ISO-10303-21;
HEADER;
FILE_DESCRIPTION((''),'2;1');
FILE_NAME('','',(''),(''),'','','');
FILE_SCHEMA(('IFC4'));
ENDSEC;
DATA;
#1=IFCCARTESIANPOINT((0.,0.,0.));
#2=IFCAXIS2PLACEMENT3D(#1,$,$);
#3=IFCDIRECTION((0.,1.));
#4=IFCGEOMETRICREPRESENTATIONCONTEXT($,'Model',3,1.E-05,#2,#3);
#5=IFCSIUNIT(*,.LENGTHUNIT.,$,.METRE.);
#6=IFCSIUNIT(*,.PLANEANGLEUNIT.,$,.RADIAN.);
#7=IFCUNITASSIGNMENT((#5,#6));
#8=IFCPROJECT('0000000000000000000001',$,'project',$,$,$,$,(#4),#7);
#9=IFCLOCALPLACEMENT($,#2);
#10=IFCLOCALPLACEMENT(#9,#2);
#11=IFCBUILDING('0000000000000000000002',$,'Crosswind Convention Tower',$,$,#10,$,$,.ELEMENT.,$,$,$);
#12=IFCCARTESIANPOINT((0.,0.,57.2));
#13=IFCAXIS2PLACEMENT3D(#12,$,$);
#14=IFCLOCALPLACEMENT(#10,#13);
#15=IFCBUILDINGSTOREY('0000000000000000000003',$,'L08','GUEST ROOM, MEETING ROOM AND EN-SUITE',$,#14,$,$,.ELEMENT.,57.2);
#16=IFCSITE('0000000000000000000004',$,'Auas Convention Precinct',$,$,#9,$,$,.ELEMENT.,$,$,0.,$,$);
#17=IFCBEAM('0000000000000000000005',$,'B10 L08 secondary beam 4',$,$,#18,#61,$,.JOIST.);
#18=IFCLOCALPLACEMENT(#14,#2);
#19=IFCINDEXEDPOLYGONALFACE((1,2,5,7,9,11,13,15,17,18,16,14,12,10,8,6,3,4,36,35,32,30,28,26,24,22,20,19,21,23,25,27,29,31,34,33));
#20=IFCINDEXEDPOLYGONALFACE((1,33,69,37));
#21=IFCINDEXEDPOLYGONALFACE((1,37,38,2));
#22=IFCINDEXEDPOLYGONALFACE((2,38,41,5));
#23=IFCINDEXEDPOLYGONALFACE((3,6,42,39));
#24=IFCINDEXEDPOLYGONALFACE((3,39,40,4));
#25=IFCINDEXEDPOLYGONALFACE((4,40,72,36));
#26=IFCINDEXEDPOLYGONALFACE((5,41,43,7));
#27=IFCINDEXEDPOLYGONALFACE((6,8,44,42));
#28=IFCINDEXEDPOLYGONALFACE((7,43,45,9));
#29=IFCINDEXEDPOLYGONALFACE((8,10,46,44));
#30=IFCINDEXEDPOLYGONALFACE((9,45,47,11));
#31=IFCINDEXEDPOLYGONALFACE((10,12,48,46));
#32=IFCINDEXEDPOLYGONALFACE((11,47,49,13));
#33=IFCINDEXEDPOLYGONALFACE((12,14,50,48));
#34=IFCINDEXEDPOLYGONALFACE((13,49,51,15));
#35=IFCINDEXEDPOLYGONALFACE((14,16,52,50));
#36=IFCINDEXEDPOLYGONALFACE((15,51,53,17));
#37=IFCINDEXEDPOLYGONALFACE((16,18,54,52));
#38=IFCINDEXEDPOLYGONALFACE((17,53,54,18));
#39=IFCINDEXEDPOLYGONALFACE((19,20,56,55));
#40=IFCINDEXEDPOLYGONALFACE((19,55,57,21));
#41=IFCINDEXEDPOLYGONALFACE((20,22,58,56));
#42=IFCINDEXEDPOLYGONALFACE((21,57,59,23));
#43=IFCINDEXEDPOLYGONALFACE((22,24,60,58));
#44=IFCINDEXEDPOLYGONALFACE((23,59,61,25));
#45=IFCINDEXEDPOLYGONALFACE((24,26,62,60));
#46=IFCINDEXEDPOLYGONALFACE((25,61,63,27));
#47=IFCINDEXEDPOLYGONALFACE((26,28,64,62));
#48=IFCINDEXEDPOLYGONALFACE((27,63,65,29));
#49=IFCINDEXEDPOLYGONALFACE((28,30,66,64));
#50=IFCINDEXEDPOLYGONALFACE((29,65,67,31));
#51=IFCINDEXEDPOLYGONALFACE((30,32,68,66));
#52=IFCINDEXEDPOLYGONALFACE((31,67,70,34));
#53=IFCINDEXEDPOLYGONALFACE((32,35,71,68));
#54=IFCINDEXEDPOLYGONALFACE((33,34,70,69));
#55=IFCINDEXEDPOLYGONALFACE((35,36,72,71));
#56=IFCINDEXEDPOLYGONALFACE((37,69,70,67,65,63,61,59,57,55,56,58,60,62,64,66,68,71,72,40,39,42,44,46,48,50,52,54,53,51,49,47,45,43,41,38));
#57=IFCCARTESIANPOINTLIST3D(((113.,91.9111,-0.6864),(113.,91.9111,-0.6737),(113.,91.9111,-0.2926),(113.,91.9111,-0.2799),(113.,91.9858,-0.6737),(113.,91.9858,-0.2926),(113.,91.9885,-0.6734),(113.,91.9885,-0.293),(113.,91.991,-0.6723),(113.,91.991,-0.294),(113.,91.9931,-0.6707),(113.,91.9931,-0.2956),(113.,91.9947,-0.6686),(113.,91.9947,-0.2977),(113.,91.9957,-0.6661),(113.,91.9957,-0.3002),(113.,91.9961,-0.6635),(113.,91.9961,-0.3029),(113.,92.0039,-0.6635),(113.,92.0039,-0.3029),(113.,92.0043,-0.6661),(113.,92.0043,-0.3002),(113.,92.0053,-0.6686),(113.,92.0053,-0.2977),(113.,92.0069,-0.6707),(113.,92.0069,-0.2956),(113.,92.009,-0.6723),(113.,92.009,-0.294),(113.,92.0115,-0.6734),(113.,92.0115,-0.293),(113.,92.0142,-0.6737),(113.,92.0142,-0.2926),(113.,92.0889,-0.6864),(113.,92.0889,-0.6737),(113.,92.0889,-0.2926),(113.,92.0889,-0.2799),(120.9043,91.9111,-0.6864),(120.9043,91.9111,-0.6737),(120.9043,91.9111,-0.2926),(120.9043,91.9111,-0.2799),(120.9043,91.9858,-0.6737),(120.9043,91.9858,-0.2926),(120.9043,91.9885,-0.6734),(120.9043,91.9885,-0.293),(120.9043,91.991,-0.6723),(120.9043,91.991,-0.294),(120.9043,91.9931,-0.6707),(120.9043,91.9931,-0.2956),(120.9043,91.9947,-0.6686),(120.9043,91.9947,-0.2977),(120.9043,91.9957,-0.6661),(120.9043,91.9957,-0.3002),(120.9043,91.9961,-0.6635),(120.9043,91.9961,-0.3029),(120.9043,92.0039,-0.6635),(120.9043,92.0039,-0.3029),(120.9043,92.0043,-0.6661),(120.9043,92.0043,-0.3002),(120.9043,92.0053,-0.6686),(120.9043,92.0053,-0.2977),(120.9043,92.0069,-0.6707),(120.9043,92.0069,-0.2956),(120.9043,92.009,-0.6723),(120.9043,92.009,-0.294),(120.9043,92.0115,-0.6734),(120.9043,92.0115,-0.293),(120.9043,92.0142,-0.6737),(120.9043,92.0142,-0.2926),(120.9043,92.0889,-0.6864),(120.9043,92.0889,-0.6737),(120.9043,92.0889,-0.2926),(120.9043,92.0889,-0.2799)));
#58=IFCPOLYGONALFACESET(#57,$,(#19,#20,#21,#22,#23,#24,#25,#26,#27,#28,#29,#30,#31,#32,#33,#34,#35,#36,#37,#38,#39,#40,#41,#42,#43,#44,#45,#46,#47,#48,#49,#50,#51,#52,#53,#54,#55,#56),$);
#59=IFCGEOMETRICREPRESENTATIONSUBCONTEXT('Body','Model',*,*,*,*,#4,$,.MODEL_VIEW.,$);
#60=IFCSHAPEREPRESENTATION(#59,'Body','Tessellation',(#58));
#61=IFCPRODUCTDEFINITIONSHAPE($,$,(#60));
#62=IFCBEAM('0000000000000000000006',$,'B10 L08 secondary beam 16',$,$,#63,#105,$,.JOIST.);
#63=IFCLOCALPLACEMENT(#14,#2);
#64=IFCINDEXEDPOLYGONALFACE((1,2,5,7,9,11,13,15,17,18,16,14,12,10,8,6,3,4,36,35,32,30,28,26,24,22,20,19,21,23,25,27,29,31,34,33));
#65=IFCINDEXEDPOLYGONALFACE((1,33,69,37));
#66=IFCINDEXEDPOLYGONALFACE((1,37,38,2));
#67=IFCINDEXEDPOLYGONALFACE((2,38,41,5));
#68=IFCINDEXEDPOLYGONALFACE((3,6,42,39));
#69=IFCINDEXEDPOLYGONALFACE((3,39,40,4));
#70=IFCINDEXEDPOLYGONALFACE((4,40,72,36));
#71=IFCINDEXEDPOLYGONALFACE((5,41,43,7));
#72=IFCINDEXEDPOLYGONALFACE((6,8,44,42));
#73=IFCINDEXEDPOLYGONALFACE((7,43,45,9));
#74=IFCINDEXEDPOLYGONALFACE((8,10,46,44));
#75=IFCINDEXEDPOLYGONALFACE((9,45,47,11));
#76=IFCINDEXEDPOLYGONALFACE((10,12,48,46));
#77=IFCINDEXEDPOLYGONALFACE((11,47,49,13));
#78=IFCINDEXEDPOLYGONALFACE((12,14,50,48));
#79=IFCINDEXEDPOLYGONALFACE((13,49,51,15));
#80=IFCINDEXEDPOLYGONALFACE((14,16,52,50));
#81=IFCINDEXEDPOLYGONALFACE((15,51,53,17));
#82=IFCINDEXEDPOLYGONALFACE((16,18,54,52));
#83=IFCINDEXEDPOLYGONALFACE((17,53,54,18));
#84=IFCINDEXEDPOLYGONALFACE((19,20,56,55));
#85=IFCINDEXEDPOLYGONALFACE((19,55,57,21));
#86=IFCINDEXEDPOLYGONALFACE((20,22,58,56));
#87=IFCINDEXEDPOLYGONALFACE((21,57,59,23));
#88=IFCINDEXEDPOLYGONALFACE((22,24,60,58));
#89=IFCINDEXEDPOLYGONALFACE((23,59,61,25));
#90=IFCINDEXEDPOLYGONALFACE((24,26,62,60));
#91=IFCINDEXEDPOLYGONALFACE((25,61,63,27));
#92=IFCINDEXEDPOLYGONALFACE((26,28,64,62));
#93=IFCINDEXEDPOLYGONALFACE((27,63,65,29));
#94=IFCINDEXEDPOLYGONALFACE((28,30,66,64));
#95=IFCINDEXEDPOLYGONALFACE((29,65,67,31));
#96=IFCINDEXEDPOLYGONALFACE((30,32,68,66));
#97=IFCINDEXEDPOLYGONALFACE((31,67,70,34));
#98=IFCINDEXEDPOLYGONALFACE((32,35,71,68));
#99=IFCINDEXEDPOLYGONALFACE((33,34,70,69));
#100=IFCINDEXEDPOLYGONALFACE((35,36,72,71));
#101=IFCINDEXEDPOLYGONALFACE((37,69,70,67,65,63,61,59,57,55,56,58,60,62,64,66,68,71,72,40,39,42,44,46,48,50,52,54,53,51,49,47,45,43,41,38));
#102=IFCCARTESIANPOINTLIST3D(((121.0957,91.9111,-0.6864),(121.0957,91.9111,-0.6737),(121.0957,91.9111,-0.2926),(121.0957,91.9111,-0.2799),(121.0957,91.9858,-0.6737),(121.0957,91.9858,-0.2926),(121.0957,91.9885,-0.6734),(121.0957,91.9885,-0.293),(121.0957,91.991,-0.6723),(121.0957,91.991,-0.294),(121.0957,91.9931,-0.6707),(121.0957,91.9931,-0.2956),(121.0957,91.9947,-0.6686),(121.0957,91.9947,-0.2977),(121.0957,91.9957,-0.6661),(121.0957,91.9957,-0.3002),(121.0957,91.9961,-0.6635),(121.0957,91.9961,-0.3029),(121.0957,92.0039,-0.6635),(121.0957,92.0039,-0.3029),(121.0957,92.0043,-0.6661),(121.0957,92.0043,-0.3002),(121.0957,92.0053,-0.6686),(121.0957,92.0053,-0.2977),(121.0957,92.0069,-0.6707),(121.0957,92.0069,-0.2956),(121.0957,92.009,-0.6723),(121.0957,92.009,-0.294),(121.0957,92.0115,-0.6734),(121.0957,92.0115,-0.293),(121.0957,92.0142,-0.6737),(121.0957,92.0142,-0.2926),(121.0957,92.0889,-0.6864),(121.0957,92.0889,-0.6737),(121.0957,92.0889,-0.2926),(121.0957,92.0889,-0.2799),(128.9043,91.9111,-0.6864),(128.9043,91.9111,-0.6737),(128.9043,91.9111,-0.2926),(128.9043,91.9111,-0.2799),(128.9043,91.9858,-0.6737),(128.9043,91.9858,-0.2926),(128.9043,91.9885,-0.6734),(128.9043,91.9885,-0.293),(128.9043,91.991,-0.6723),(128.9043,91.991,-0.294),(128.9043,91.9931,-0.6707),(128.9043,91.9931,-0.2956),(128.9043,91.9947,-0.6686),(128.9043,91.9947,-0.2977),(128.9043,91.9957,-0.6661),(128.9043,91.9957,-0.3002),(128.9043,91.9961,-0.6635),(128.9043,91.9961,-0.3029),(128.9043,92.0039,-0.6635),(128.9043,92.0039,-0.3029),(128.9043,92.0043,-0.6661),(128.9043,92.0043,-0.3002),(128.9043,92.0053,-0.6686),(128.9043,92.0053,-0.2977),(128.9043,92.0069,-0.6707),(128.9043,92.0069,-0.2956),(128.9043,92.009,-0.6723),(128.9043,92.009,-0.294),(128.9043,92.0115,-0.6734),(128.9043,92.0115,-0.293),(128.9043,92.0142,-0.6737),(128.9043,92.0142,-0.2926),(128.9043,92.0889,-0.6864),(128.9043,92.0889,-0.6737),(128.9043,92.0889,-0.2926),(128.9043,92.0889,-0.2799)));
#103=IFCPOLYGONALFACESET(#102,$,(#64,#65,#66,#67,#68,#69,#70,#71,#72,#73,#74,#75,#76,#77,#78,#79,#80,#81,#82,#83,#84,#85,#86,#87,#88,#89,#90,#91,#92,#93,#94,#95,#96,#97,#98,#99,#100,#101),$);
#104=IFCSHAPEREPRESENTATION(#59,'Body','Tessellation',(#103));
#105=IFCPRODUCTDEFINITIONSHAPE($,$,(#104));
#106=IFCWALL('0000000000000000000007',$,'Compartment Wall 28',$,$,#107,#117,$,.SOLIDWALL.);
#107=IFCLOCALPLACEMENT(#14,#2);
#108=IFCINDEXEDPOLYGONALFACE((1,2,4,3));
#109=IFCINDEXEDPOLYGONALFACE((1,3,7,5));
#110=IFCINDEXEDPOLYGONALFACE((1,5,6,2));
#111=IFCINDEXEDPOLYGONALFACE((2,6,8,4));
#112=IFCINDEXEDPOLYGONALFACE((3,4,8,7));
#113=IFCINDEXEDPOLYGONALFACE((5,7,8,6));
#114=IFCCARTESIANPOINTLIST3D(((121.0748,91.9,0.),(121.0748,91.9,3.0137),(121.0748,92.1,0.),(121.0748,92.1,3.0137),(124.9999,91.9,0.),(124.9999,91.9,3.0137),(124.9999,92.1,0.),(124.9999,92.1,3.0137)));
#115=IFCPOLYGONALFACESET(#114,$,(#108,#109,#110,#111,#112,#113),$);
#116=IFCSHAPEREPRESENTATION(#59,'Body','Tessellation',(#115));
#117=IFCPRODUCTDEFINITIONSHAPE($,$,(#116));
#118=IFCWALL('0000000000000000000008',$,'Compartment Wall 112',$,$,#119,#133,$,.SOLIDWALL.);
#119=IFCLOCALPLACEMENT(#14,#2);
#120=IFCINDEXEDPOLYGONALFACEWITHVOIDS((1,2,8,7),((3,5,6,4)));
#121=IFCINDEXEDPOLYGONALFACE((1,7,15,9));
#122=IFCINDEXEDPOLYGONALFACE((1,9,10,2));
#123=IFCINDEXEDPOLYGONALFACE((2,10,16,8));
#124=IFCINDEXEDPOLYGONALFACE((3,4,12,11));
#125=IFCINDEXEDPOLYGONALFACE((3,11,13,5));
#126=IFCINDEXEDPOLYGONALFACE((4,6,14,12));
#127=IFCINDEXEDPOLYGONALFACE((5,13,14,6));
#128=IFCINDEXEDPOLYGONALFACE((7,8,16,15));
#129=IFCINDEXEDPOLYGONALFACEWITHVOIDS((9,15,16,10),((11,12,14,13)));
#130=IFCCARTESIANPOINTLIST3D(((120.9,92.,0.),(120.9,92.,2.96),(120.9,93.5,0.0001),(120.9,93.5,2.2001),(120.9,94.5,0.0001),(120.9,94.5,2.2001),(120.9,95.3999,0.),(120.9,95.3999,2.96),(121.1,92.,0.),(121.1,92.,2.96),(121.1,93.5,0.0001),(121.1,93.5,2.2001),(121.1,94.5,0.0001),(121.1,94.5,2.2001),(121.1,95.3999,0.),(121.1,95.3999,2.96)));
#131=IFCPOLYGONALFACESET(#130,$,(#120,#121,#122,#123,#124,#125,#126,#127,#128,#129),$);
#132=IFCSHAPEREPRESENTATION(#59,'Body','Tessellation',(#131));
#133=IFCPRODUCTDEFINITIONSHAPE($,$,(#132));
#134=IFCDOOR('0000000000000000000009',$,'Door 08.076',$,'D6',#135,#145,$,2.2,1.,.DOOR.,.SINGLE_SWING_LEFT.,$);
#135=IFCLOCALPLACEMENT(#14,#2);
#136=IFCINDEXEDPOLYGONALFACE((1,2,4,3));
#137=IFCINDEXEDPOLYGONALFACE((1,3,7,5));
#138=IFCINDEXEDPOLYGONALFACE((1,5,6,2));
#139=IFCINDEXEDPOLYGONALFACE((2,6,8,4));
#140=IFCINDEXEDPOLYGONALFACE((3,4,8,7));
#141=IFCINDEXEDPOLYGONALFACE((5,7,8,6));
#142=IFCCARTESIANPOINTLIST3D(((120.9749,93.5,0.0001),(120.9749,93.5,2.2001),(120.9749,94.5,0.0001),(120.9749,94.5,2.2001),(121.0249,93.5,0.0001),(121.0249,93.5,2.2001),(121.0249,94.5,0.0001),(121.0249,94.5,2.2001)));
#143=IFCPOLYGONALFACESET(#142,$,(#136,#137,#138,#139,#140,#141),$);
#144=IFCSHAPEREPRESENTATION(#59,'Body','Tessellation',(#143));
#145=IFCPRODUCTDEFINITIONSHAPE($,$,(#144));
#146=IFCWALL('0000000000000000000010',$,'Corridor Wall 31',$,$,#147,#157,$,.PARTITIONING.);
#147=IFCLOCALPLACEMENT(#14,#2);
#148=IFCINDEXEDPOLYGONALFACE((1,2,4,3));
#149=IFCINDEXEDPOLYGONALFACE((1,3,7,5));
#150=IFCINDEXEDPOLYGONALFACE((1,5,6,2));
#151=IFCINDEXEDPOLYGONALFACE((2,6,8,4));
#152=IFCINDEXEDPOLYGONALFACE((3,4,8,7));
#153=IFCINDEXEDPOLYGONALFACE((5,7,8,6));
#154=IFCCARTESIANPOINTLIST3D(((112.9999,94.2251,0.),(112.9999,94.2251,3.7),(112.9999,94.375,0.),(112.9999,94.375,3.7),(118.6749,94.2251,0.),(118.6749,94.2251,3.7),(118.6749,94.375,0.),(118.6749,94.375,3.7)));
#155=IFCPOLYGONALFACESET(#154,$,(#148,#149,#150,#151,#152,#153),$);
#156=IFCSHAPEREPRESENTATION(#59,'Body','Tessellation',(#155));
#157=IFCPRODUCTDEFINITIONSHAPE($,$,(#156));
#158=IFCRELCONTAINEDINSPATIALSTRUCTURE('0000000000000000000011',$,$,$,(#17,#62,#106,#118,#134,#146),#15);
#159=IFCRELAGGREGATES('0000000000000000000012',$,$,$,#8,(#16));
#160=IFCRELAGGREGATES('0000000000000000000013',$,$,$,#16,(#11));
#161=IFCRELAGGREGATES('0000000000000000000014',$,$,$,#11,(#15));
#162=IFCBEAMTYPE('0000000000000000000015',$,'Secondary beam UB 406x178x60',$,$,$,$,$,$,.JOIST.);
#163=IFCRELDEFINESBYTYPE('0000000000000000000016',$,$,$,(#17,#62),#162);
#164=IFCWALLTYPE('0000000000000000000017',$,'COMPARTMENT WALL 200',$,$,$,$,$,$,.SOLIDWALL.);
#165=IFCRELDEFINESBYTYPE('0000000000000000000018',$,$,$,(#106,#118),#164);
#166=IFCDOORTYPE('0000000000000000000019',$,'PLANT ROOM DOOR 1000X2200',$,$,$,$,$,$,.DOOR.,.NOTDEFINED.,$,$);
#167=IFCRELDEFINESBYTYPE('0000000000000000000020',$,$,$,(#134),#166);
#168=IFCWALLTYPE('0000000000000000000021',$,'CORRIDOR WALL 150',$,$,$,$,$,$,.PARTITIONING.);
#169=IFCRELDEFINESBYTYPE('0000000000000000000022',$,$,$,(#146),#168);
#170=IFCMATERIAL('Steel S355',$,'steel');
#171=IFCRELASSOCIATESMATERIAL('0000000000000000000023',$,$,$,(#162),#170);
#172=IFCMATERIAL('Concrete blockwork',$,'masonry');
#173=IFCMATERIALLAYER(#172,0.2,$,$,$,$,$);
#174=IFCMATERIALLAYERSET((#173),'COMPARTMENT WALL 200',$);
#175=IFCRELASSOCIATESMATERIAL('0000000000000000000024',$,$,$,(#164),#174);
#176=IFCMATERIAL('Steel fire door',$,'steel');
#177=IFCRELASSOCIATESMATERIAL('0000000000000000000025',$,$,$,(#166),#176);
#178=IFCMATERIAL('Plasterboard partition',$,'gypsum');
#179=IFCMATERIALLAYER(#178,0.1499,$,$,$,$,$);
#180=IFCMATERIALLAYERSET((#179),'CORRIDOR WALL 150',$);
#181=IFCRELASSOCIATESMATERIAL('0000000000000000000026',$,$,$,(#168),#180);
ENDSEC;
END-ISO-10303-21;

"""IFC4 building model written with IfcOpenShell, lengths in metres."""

from ifc_helpers import new_model, si_unit, direction, frame, frame_2d, origin, origin_2d, place, context, subcontext, project, spatial, rectangle, i_section, extrude, material, layer, layer_set, material_profile, profile_set, type_object, element, fill, save


model = new_model("IFC4")

# Units and contexts
model_context = context("Model", 3, precision=1e-05, world=origin(), true_north=direction((0.0, 1.0)))
body_context = subcontext(model_context, "Body", "Model", "MODEL_VIEW")
ifc_project = project(units=[si_unit("LENGTHUNIT", "METRE"), si_unit("PLANEANGLEUNIT", "RADIAN")], contexts=[model_context])

# Site, building, storey
site_placement = place(None, origin())
site = spatial("IfcSite", under=ifc_project, at=site_placement, Name="Auas Convention Precinct", CompositionType="ELEMENT", RefElevation=0.0)
building_placement = place(site_placement, origin())
building = spatial("IfcBuilding", under=site, at=building_placement, Name="Crosswind Convention Tower", CompositionType="ELEMENT")
storey_placement = place(building_placement, frame((0.0, 0.0, 57.2)))
storey = spatial("IfcBuildingStorey", under=building, at=storey_placement, Name="L08", Description="GUEST ROOM, MEETING ROOM AND EN-SUITE", CompositionType="ELEMENT", Elevation=57.2)

# Beams
ifc_material_1 = material(Name="Steel S355", Category="steel")
ifc_material_profile_1 = material_profile(ifc_material_1, i_section(OverallWidth=0.1777, OverallDepth=0.4065, WebThickness=0.0078, FlangeThickness=0.0127, FilletRadius=0.0103, at=origin_2d()), Name="UB 406x178x60")
ifc_profile_set_1 = profile_set([ifc_material_profile_1], Name="Steel S355")
beam_type_1 = type_object("IfcBeamType", Name="Secondary beam UB 406x178x60", PredefinedType="JOIST", material=ifc_profile_set_1)
beam_1_placement = place(storey_placement, frame((113.0, 92.0, -0.4832), z_axis=(1.0, 0.0, 0.0), x_axis=(0.0, 1.0, 0.0)))
element("IfcBeam", 1, at=beam_1_placement, inside=storey, type_object=beam_type_1, Name="B10 L08 secondary beam 4", PredefinedType="JOIST", context=body_context, shape_type="SweptSolid", body=[
    extrude(i_section(OverallWidth=0.1777, OverallDepth=0.4065, WebThickness=0.0078, FlangeThickness=0.0127, FilletRadius=0.0103, at=origin_2d()), origin(), (0.0, 0.0, 1.0), 7.9043),
])
beam_2_placement = place(storey_placement, frame((121.0957, 92.0, -0.4832), z_axis=(1.0, 0.0, 0.0), x_axis=(0.0, 1.0, 0.0)))
element("IfcBeam", 2, at=beam_2_placement, inside=storey, type_object=beam_type_1, Name="B10 L08 secondary beam 16", PredefinedType="JOIST", context=body_context, shape_type="SweptSolid", body=[
    extrude(i_section(OverallWidth=0.1777, OverallDepth=0.4065, WebThickness=0.0078, FlangeThickness=0.0127, FilletRadius=0.0103, at=origin_2d()), origin(), (0.0, 0.0, 1.0), 7.8086),
])

# Wall
ifc_material_2 = material(Name="Concrete blockwork", Category="masonry")
ifc_layer_1 = layer(ifc_material_2, 0.2)
ifc_layer_set_1 = layer_set([ifc_layer_1], Name="COMPARTMENT WALL 200")
wall_type_1 = type_object("IfcWallType", Name="COMPARTMENT WALL 200", PredefinedType="SOLIDWALL", material=ifc_layer_set_1)
wall_1_placement = place(storey_placement, frame((121.075, 92.0, 0.0), z_axis=(0.0, 0.0, 1.0), x_axis=(1.0, 0.0, 0.0)))
element("IfcWall", 3, at=wall_1_placement, inside=storey, type_object=wall_type_1, Name="Compartment Wall 28", PredefinedType="SOLIDWALL", context=body_context, shape_type="SweptSolid", body=[
    extrude(rectangle(XDim=3.925, YDim=0.2, at=frame_2d((1.9624, 0.0))), origin(), (0.0, 0.0, 1.0), 3.0137),
])

# Wall, opening, door
wall_2_placement = place(storey_placement, frame((121.0, 92.0, 0.0), z_axis=(0.0, 0.0, 1.0), x_axis=(0.0, 1.0, 0.0)))
wall_2 = element("IfcWall", 4, at=wall_2_placement, inside=storey, type_object=wall_type_1, Name="Compartment Wall 112", PredefinedType="SOLIDWALL", context=body_context, shape_type="SweptSolid", body=[
    extrude(rectangle(XDim=3.3999, YDim=0.2, at=frame_2d((1.7, 0.0))), origin(), (0.0, 0.0, 1.0), 2.96),
])
opening_1_placement = place(wall_2_placement, frame((1.5, 0.0, 0.0)))
opening_1 = element("IfcOpeningElement", 5, at=opening_1_placement, cuts=wall_2, PredefinedType="OPENING", context=body_context, shape_type="SweptSolid", body=[
    extrude(rectangle(XDim=1.0, YDim=2.2, at=frame_2d((0.5, 1.1001))), frame((0.0, 0.1099, 0.0), z_axis=(0.0, -1.0, 0.0), x_axis=(1.0, 0.0, 0.0)), (0.0, 0.0, 1.0), 0.22),
])
ifc_material_3 = material(Name="Steel fire door", Category="steel")
door_type_1 = type_object("IfcDoorType", Name="PLANT ROOM DOOR 1000X2200", OperationType="NOTDEFINED", PredefinedType="DOOR", material=ifc_material_3)
door_1_placement = place(opening_1_placement, frame((1.0, 0.0, 0.0), z_axis=(0.0, 0.0, 1.0), x_axis=(-1.0, 0.0, 0.0)))
door_1 = element("IfcDoor", 6, at=door_1_placement, inside=storey, type_object=door_type_1, Name="Door 08.076", ObjectType="D6", OperationType="SINGLE_SWING_LEFT", OverallHeight=2.2, OverallWidth=1.0, PredefinedType="DOOR", context=body_context, shape_type="SweptSolid", body=[
    extrude(rectangle(XDim=1.0, YDim=2.2, at=frame_2d((0.5, 1.1001))), frame((0.0, 0.0249, 0.0), z_axis=(0.0, -1.0, 0.0), x_axis=(1.0, 0.0, 0.0)), (0.0, 0.0, 1.0), 0.05),
])
fill(opening_1, door_1)

# Wall
ifc_material_4 = material(Name="Plasterboard partition", Category="gypsum")
ifc_layer_2 = layer(ifc_material_4, 0.1499)
ifc_layer_set_2 = layer_set([ifc_layer_2], Name="CORRIDOR WALL 150")
wall_type_2 = type_object("IfcWallType", Name="CORRIDOR WALL 150", PredefinedType="PARTITIONING", material=ifc_layer_set_2)
wall_3_placement = place(storey_placement, frame((113.0, 94.3, 0.0), z_axis=(0.0, 0.0, 1.0), x_axis=(1.0, 0.0, 0.0)))
element("IfcWall", 7, at=wall_3_placement, inside=storey, type_object=wall_type_2, Name="Corridor Wall 31", PredefinedType="PARTITIONING", context=body_context, shape_type="SweptSolid", body=[
    extrude(rectangle(XDim=5.675, YDim=0.1499, at=frame_2d((2.8374, 0.0))), origin(), (0.0, 0.0, 1.0), 3.7),
])

save(model, "model.ifc")
